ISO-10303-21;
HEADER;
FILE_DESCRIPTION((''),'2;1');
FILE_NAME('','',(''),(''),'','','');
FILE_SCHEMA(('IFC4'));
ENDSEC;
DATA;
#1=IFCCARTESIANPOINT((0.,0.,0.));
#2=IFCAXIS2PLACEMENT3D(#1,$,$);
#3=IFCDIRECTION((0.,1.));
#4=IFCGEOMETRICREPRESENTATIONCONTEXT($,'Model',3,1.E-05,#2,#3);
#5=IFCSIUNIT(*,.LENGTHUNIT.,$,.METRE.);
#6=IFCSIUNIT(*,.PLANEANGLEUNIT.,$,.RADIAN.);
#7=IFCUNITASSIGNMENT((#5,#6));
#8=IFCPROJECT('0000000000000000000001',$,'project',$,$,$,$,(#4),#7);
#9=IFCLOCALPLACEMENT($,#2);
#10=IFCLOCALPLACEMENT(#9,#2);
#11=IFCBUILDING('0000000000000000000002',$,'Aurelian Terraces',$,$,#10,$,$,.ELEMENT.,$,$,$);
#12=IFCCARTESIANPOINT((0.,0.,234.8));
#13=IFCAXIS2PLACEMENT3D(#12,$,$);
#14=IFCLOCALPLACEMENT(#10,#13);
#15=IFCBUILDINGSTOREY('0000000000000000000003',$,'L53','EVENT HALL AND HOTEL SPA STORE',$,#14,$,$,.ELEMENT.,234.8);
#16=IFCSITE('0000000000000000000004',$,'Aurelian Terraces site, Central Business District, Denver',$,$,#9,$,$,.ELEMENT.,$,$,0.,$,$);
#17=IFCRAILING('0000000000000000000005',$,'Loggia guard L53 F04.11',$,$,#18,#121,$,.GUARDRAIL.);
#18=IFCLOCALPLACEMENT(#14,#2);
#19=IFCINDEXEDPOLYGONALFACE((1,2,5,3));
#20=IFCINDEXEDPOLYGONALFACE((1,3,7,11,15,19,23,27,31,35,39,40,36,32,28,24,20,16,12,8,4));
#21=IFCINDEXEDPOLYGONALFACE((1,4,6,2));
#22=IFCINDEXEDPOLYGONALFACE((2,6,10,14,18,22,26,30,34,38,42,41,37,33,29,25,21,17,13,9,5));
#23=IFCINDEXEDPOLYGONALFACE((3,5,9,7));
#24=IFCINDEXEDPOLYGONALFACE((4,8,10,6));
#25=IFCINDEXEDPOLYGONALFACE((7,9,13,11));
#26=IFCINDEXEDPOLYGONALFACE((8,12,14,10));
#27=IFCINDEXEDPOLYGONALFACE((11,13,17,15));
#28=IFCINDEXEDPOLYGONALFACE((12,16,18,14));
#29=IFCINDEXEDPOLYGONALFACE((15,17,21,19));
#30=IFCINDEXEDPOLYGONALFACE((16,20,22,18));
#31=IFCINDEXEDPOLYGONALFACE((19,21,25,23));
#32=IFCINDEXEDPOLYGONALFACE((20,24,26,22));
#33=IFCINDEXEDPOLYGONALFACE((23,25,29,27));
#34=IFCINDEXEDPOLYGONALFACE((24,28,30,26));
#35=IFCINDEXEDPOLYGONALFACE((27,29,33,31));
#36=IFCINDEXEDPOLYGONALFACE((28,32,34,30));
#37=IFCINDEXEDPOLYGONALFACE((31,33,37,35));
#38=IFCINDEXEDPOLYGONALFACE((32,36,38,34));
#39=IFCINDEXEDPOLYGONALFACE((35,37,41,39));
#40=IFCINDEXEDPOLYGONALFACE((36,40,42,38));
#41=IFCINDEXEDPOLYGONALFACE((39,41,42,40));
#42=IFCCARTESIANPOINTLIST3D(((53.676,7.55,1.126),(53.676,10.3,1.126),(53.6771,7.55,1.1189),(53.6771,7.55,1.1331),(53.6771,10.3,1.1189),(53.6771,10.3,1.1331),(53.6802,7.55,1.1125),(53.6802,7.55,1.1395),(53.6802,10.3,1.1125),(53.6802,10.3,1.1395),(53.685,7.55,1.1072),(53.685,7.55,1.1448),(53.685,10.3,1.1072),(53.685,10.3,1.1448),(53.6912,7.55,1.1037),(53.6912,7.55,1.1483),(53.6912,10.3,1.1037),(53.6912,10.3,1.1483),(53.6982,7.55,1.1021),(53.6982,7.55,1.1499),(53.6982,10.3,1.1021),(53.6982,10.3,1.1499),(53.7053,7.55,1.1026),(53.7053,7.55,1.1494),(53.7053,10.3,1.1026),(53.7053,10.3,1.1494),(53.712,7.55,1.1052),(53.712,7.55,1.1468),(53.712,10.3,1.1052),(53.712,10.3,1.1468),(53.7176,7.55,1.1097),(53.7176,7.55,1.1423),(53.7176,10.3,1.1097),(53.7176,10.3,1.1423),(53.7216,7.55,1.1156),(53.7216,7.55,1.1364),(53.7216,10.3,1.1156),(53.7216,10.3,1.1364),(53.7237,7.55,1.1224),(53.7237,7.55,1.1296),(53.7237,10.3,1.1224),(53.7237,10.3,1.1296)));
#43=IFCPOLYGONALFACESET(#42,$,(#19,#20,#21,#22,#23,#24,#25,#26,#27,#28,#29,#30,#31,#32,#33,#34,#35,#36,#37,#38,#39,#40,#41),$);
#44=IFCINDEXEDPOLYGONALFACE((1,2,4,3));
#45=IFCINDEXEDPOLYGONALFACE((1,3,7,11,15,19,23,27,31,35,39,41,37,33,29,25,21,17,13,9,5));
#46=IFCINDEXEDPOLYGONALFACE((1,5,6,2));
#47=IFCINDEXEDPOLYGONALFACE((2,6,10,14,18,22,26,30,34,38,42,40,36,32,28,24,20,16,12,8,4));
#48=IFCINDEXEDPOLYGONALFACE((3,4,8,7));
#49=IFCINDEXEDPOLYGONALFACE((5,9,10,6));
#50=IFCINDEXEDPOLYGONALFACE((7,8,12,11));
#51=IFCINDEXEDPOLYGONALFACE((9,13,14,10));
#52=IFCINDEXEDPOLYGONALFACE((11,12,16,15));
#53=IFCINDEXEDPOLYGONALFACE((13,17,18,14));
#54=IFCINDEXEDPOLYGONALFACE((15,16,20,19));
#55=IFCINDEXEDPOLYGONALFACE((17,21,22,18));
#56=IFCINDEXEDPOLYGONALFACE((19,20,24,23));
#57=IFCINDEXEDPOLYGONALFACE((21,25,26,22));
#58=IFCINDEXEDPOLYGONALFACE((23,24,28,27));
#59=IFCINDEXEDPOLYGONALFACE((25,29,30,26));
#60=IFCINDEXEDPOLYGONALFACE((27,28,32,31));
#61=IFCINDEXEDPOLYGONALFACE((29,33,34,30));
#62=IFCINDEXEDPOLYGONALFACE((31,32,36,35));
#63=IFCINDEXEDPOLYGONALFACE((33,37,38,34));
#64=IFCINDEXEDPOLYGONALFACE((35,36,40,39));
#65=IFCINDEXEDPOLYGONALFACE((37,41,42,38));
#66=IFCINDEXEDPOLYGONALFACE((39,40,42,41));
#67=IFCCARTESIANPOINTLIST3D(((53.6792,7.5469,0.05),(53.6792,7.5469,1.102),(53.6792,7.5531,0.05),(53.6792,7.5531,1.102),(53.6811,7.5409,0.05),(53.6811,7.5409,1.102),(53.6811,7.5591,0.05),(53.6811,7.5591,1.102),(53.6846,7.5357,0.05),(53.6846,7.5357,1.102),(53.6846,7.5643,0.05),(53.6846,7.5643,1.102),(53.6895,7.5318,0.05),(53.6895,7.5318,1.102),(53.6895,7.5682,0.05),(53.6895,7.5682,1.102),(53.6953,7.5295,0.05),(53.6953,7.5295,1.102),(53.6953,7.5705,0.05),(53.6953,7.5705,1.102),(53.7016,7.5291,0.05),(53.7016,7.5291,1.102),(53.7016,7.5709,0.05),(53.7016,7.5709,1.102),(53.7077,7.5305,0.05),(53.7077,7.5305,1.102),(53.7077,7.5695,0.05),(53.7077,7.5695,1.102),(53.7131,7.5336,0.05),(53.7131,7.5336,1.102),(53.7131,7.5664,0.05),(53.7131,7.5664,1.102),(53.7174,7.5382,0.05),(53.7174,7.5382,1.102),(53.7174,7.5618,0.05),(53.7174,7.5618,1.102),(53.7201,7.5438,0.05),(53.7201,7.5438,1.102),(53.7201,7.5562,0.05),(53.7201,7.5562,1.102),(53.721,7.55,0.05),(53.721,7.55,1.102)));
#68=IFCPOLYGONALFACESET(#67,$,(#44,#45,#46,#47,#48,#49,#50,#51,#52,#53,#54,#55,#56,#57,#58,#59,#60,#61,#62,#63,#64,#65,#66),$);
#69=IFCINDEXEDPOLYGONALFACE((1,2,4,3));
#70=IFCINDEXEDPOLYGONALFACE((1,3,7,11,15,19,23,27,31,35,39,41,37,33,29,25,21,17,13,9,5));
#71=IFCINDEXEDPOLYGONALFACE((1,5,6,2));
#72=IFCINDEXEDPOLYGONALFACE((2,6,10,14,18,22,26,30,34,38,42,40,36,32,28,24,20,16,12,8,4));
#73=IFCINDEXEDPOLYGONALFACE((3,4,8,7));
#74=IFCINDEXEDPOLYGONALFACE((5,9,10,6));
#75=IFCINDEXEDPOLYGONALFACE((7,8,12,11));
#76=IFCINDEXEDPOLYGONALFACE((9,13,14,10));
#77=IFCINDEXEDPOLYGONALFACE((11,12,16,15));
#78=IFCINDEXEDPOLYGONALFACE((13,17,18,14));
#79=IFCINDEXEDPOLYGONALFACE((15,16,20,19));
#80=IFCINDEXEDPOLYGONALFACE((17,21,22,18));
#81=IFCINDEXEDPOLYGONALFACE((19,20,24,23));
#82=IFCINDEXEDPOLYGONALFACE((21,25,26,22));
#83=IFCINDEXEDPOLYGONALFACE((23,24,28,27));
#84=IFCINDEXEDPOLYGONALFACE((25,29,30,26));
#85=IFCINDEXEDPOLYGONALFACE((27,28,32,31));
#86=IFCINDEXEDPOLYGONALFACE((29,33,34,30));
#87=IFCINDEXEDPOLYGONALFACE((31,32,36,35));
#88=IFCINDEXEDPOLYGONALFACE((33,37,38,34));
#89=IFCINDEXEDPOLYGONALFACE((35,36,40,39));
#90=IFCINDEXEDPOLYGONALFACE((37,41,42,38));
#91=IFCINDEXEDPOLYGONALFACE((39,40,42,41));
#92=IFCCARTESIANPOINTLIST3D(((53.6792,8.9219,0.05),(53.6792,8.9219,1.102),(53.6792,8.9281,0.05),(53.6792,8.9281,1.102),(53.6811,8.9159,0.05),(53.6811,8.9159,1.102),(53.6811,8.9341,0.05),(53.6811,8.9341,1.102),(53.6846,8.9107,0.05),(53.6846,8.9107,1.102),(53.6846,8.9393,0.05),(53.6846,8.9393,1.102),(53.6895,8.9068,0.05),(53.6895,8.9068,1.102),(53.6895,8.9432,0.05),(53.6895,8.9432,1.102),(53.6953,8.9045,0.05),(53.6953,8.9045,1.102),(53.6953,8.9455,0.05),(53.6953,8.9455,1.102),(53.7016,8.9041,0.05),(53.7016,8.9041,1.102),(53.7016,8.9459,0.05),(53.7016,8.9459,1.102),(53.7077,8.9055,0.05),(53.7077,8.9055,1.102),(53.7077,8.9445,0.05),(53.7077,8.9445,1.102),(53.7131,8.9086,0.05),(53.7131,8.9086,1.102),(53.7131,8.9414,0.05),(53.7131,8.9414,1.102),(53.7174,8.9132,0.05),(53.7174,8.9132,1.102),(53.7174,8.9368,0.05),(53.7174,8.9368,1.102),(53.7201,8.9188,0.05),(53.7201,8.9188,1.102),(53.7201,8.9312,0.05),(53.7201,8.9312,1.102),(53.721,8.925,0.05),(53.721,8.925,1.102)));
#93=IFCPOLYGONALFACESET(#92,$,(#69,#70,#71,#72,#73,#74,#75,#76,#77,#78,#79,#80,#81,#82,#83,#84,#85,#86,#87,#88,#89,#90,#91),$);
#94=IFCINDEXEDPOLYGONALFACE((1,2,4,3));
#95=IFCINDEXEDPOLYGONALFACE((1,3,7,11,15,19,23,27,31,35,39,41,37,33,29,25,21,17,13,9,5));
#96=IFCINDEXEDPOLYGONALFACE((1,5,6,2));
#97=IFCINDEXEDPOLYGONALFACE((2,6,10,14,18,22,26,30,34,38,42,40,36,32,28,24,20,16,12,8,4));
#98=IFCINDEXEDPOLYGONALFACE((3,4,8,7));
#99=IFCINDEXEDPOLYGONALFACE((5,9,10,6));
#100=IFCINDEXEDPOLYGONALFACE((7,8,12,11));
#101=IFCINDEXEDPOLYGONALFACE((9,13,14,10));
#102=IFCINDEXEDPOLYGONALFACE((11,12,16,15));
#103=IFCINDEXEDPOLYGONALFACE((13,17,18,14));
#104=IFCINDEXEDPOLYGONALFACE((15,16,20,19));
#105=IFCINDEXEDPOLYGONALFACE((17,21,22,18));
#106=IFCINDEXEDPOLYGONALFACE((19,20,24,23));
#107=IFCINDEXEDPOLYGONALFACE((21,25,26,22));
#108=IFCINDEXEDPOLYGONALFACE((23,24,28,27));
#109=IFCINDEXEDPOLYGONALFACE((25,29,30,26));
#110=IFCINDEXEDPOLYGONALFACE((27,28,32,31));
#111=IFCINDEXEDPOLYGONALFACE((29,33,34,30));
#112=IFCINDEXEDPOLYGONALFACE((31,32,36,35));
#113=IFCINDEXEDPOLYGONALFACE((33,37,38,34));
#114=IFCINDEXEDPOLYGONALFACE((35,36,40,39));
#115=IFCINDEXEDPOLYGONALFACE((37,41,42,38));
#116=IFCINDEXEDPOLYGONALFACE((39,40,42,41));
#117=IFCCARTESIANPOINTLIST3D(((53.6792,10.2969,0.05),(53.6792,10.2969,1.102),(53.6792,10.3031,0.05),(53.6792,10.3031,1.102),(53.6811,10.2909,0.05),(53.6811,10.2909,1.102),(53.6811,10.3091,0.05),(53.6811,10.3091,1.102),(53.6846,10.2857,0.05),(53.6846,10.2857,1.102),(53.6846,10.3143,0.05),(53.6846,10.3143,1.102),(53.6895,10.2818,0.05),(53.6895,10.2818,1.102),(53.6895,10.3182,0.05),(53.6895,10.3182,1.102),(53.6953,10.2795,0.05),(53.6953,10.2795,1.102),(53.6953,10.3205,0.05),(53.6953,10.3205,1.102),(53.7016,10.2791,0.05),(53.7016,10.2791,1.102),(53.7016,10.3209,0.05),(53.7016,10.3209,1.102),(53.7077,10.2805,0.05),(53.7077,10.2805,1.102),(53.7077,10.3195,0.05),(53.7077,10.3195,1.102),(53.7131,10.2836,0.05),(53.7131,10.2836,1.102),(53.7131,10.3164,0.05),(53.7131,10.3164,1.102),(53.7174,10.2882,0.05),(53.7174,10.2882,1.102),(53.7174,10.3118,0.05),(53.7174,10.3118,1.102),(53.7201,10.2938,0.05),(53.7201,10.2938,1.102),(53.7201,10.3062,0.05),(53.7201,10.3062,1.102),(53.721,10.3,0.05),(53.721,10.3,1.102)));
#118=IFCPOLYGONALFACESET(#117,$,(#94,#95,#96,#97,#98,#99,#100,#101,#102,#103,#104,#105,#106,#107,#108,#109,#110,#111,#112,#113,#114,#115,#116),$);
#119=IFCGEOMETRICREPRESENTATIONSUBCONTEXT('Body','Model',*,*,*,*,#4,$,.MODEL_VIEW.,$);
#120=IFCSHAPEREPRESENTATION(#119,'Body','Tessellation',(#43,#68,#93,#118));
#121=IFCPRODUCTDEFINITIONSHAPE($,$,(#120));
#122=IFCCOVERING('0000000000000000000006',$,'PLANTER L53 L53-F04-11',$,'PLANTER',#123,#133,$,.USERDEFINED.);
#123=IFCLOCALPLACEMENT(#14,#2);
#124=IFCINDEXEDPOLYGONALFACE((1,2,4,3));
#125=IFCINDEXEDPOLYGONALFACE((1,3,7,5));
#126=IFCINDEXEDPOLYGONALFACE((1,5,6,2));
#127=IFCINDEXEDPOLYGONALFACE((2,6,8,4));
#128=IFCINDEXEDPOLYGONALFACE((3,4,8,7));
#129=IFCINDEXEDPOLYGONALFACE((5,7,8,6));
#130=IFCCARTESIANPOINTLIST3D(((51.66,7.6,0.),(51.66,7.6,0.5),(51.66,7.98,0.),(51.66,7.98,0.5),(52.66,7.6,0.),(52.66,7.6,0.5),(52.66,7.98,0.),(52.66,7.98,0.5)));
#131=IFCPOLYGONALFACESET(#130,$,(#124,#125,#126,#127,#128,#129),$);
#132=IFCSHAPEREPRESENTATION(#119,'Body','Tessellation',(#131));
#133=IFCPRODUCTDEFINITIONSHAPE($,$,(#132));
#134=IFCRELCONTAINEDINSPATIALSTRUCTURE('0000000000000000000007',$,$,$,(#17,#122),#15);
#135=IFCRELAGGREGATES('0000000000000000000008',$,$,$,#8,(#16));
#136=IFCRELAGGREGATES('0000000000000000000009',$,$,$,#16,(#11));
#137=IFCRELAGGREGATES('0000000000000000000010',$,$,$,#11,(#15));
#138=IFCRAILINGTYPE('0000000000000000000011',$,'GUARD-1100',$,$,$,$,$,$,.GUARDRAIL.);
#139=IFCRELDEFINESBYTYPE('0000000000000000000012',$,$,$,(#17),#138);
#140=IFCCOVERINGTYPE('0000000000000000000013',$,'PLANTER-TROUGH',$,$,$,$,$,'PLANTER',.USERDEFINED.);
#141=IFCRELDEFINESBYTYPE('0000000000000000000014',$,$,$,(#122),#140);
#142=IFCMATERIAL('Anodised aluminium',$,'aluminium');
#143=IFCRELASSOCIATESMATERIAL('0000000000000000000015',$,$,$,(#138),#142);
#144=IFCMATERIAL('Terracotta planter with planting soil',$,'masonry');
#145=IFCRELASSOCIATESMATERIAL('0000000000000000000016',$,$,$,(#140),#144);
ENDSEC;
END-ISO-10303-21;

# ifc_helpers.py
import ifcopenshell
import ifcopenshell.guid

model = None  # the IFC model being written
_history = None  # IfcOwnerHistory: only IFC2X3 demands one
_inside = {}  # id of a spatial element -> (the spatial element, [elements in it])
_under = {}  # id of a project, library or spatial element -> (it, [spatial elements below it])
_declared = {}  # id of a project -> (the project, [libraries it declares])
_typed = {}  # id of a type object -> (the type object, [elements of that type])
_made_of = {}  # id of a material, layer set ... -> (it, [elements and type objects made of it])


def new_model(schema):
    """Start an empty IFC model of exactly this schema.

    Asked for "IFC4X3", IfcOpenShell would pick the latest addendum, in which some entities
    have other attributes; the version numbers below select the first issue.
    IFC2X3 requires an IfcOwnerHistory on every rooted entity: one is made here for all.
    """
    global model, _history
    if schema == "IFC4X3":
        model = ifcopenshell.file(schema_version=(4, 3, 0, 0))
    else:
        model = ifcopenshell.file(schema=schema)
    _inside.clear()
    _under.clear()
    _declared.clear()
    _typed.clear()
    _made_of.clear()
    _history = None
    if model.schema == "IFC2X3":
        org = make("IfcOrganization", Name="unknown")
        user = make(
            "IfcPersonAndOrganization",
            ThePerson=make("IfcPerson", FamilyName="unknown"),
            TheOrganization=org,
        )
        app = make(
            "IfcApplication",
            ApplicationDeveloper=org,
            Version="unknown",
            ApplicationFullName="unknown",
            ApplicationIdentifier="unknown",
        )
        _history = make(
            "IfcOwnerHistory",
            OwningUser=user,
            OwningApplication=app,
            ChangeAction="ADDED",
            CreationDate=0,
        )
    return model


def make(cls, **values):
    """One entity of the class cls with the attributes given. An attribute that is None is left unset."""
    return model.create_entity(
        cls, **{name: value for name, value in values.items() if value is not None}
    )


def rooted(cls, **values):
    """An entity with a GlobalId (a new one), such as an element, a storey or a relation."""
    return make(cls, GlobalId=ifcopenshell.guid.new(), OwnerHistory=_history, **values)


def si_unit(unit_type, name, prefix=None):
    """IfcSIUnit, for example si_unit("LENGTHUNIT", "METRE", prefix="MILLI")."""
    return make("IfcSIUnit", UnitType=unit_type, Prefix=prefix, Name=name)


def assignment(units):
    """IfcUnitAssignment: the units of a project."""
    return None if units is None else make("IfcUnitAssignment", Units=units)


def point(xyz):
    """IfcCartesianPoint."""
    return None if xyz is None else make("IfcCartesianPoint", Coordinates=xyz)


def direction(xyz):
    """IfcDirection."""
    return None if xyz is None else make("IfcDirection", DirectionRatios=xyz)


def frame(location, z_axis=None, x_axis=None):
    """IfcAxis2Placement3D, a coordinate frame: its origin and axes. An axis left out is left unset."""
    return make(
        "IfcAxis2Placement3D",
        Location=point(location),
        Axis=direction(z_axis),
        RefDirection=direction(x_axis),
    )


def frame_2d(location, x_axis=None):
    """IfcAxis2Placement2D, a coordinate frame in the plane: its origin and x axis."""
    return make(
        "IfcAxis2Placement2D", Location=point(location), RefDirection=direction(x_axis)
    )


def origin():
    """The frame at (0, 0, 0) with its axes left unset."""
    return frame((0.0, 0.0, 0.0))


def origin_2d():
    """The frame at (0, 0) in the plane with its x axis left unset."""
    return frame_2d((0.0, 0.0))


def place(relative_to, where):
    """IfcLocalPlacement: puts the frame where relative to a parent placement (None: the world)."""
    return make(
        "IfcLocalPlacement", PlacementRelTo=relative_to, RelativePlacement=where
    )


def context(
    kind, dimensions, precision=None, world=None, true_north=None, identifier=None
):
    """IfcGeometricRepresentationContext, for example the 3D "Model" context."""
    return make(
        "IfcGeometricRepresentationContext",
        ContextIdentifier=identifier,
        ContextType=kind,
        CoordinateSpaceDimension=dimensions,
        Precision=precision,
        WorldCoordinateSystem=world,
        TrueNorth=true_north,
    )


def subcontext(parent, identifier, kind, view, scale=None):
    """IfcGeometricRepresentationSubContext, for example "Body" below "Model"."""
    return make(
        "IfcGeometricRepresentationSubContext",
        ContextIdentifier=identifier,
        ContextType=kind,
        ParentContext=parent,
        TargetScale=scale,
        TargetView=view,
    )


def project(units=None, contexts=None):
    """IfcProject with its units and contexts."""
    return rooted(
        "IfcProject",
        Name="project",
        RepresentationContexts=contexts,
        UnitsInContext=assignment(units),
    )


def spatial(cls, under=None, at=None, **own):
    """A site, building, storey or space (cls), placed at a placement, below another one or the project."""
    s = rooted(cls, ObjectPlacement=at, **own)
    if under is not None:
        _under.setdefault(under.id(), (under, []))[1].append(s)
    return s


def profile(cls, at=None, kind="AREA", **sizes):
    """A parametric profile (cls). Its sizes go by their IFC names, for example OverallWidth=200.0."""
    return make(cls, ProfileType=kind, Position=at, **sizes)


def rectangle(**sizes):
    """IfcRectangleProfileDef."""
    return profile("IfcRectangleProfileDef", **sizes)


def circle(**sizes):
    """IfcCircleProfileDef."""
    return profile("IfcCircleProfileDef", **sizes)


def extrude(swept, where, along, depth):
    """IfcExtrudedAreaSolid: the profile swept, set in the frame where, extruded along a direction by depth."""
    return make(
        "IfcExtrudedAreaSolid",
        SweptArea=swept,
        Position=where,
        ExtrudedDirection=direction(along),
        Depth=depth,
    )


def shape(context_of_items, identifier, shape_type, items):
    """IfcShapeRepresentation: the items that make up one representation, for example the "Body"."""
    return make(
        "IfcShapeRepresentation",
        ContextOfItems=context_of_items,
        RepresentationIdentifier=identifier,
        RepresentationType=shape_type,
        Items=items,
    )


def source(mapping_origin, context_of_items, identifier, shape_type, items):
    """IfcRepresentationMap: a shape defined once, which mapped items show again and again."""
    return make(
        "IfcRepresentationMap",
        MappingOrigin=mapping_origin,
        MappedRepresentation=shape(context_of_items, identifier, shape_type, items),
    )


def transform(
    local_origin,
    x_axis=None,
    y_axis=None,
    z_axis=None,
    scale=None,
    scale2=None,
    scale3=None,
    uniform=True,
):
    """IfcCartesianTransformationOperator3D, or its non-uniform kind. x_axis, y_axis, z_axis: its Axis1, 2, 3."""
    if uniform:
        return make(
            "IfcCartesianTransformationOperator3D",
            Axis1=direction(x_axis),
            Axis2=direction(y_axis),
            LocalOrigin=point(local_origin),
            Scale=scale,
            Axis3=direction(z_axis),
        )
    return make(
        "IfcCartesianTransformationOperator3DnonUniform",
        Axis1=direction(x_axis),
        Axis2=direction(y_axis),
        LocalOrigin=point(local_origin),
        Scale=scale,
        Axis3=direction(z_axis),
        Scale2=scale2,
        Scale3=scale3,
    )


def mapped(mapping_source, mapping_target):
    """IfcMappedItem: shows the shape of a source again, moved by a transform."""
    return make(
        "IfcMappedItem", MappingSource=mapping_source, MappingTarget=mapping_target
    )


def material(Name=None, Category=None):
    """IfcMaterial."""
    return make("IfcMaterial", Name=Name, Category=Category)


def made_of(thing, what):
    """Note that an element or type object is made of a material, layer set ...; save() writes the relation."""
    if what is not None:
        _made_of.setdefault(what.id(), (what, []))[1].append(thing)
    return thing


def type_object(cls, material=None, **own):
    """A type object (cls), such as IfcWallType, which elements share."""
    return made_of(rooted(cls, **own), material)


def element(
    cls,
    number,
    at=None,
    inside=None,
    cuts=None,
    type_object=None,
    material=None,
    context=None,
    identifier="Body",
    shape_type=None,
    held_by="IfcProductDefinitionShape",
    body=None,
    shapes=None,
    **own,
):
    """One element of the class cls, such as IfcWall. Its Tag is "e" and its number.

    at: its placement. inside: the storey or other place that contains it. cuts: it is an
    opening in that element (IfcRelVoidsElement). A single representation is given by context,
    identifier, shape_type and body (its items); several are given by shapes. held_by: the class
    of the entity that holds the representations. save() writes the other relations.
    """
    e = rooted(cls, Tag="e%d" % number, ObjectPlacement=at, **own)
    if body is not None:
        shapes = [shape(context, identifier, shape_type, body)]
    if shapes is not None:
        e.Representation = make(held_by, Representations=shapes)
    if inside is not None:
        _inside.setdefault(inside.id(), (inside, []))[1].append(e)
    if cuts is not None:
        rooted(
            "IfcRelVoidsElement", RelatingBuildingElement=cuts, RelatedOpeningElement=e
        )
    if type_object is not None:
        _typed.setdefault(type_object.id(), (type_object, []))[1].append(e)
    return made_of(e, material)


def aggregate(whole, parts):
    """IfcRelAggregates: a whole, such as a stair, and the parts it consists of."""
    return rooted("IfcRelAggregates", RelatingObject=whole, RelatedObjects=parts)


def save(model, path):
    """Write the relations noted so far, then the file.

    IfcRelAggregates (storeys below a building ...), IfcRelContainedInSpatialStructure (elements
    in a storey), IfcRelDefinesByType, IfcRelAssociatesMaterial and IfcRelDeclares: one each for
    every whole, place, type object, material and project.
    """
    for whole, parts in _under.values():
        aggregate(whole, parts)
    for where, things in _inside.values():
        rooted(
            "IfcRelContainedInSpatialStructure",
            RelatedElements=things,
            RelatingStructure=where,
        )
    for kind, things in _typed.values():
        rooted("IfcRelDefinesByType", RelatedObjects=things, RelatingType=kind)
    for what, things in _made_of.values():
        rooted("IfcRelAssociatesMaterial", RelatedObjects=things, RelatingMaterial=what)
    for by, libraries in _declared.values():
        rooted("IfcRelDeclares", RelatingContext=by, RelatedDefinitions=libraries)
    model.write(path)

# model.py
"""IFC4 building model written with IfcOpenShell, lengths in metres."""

from ifc_helpers import new_model, si_unit, direction, frame, origin, origin_2d, place, context, subcontext, project, spatial, rectangle, circle, extrude, source, transform, mapped, material, type_object, element, save


model = new_model("IFC4")

# Units and contexts
model_context = context("Model", 3, precision=1e-05, world=origin(), true_north=direction((0.0, 1.0)))
body_context = subcontext(model_context, "Body", "Model", "MODEL_VIEW")
ifc_project = project(units=[si_unit("LENGTHUNIT", "METRE"), si_unit("PLANEANGLEUNIT", "RADIAN")], contexts=[model_context])

# Site, building, storey
site_placement = place(None, origin())
site = spatial("IfcSite", under=ifc_project, at=site_placement, Name="Aurelian Terraces site, Central Business District, Denver", CompositionType="ELEMENT", RefElevation=0.0)
building_placement = place(site_placement, origin())
building = spatial("IfcBuilding", under=site, at=building_placement, Name="Aurelian Terraces", CompositionType="ELEMENT")
storey_placement = place(building_placement, frame((0.0, 0.0, 234.8)))
storey = spatial("IfcBuildingStorey", under=building, at=storey_placement, Name="L53", Description="EVENT HALL AND HOTEL SPA STORE", CompositionType="ELEMENT", Elevation=234.8)

# Railing
ifc_material_1 = material(Name="Anodised aluminium", Category="aluminium")
railing_type = type_object("IfcRailingType", Name="GUARD-1100", PredefinedType="GUARDRAIL", material=ifc_material_1)
shared_shape_1 = source(origin(), body_context, "Body", "SweptSolid", [
    extrude(circle(Radius=0.024, at=origin_2d()), frame((0.0, 0.0, 1.076), z_axis=(0.0, 1.0, 0.0), x_axis=(-1.0, 0.0, 0.0)), (0.0, 0.0, 1.0), 2.75),
    extrude(circle(Radius=0.021, at=origin_2d()), origin(), (0.0, 0.0, 1.0), 1.052),
    extrude(circle(Radius=0.021, at=origin_2d()), frame((0.0, 1.375, 0.0)), (0.0, 0.0, 1.0), 1.052),
    extrude(circle(Radius=0.021, at=origin_2d()), frame((0.0, 2.75, 0.0)), (0.0, 0.0, 1.0), 1.052),
])
railing_placement = place(storey_placement, frame((53.7, 7.55, 0.05)))
element("IfcRailing", 1, at=railing_placement, inside=storey, type_object=railing_type, Name="Loggia guard L53 F04.11", PredefinedType="GUARDRAIL", context=body_context, shape_type="MappedRepresentation", body=[
    mapped(shared_shape_1, transform((0.0, 0.0, 0.0), scale=1.0)),
])

# Covering
ifc_material_2 = material(Name="Terracotta planter with planting soil", Category="masonry")
covering_type = type_object("IfcCoveringType", Name="PLANTER-TROUGH", ElementType="PLANTER", PredefinedType="USERDEFINED", material=ifc_material_2)
shared_shape_2 = source(origin(), body_context, "Body", "SweptSolid", [
    extrude(rectangle(XDim=1.0, YDim=0.38, at=origin_2d()), origin(), (0.0, 0.0, 1.0), 0.5),
])
covering_placement = place(storey_placement, frame((52.16, 7.79, 0.0), z_axis=(0.0, 0.0, 1.0), x_axis=(1.0, 0.0, 0.0)))
element("IfcCovering", 2, at=covering_placement, inside=storey, type_object=covering_type, Name="PLANTER L53 L53-F04-11", ObjectType="PLANTER", PredefinedType="USERDEFINED", context=body_context, shape_type="MappedRepresentation", body=[
    mapped(shared_shape_2, transform((0.0, 0.0, 0.0), scale=1.0)),
])

save(model, "model.ifc")
